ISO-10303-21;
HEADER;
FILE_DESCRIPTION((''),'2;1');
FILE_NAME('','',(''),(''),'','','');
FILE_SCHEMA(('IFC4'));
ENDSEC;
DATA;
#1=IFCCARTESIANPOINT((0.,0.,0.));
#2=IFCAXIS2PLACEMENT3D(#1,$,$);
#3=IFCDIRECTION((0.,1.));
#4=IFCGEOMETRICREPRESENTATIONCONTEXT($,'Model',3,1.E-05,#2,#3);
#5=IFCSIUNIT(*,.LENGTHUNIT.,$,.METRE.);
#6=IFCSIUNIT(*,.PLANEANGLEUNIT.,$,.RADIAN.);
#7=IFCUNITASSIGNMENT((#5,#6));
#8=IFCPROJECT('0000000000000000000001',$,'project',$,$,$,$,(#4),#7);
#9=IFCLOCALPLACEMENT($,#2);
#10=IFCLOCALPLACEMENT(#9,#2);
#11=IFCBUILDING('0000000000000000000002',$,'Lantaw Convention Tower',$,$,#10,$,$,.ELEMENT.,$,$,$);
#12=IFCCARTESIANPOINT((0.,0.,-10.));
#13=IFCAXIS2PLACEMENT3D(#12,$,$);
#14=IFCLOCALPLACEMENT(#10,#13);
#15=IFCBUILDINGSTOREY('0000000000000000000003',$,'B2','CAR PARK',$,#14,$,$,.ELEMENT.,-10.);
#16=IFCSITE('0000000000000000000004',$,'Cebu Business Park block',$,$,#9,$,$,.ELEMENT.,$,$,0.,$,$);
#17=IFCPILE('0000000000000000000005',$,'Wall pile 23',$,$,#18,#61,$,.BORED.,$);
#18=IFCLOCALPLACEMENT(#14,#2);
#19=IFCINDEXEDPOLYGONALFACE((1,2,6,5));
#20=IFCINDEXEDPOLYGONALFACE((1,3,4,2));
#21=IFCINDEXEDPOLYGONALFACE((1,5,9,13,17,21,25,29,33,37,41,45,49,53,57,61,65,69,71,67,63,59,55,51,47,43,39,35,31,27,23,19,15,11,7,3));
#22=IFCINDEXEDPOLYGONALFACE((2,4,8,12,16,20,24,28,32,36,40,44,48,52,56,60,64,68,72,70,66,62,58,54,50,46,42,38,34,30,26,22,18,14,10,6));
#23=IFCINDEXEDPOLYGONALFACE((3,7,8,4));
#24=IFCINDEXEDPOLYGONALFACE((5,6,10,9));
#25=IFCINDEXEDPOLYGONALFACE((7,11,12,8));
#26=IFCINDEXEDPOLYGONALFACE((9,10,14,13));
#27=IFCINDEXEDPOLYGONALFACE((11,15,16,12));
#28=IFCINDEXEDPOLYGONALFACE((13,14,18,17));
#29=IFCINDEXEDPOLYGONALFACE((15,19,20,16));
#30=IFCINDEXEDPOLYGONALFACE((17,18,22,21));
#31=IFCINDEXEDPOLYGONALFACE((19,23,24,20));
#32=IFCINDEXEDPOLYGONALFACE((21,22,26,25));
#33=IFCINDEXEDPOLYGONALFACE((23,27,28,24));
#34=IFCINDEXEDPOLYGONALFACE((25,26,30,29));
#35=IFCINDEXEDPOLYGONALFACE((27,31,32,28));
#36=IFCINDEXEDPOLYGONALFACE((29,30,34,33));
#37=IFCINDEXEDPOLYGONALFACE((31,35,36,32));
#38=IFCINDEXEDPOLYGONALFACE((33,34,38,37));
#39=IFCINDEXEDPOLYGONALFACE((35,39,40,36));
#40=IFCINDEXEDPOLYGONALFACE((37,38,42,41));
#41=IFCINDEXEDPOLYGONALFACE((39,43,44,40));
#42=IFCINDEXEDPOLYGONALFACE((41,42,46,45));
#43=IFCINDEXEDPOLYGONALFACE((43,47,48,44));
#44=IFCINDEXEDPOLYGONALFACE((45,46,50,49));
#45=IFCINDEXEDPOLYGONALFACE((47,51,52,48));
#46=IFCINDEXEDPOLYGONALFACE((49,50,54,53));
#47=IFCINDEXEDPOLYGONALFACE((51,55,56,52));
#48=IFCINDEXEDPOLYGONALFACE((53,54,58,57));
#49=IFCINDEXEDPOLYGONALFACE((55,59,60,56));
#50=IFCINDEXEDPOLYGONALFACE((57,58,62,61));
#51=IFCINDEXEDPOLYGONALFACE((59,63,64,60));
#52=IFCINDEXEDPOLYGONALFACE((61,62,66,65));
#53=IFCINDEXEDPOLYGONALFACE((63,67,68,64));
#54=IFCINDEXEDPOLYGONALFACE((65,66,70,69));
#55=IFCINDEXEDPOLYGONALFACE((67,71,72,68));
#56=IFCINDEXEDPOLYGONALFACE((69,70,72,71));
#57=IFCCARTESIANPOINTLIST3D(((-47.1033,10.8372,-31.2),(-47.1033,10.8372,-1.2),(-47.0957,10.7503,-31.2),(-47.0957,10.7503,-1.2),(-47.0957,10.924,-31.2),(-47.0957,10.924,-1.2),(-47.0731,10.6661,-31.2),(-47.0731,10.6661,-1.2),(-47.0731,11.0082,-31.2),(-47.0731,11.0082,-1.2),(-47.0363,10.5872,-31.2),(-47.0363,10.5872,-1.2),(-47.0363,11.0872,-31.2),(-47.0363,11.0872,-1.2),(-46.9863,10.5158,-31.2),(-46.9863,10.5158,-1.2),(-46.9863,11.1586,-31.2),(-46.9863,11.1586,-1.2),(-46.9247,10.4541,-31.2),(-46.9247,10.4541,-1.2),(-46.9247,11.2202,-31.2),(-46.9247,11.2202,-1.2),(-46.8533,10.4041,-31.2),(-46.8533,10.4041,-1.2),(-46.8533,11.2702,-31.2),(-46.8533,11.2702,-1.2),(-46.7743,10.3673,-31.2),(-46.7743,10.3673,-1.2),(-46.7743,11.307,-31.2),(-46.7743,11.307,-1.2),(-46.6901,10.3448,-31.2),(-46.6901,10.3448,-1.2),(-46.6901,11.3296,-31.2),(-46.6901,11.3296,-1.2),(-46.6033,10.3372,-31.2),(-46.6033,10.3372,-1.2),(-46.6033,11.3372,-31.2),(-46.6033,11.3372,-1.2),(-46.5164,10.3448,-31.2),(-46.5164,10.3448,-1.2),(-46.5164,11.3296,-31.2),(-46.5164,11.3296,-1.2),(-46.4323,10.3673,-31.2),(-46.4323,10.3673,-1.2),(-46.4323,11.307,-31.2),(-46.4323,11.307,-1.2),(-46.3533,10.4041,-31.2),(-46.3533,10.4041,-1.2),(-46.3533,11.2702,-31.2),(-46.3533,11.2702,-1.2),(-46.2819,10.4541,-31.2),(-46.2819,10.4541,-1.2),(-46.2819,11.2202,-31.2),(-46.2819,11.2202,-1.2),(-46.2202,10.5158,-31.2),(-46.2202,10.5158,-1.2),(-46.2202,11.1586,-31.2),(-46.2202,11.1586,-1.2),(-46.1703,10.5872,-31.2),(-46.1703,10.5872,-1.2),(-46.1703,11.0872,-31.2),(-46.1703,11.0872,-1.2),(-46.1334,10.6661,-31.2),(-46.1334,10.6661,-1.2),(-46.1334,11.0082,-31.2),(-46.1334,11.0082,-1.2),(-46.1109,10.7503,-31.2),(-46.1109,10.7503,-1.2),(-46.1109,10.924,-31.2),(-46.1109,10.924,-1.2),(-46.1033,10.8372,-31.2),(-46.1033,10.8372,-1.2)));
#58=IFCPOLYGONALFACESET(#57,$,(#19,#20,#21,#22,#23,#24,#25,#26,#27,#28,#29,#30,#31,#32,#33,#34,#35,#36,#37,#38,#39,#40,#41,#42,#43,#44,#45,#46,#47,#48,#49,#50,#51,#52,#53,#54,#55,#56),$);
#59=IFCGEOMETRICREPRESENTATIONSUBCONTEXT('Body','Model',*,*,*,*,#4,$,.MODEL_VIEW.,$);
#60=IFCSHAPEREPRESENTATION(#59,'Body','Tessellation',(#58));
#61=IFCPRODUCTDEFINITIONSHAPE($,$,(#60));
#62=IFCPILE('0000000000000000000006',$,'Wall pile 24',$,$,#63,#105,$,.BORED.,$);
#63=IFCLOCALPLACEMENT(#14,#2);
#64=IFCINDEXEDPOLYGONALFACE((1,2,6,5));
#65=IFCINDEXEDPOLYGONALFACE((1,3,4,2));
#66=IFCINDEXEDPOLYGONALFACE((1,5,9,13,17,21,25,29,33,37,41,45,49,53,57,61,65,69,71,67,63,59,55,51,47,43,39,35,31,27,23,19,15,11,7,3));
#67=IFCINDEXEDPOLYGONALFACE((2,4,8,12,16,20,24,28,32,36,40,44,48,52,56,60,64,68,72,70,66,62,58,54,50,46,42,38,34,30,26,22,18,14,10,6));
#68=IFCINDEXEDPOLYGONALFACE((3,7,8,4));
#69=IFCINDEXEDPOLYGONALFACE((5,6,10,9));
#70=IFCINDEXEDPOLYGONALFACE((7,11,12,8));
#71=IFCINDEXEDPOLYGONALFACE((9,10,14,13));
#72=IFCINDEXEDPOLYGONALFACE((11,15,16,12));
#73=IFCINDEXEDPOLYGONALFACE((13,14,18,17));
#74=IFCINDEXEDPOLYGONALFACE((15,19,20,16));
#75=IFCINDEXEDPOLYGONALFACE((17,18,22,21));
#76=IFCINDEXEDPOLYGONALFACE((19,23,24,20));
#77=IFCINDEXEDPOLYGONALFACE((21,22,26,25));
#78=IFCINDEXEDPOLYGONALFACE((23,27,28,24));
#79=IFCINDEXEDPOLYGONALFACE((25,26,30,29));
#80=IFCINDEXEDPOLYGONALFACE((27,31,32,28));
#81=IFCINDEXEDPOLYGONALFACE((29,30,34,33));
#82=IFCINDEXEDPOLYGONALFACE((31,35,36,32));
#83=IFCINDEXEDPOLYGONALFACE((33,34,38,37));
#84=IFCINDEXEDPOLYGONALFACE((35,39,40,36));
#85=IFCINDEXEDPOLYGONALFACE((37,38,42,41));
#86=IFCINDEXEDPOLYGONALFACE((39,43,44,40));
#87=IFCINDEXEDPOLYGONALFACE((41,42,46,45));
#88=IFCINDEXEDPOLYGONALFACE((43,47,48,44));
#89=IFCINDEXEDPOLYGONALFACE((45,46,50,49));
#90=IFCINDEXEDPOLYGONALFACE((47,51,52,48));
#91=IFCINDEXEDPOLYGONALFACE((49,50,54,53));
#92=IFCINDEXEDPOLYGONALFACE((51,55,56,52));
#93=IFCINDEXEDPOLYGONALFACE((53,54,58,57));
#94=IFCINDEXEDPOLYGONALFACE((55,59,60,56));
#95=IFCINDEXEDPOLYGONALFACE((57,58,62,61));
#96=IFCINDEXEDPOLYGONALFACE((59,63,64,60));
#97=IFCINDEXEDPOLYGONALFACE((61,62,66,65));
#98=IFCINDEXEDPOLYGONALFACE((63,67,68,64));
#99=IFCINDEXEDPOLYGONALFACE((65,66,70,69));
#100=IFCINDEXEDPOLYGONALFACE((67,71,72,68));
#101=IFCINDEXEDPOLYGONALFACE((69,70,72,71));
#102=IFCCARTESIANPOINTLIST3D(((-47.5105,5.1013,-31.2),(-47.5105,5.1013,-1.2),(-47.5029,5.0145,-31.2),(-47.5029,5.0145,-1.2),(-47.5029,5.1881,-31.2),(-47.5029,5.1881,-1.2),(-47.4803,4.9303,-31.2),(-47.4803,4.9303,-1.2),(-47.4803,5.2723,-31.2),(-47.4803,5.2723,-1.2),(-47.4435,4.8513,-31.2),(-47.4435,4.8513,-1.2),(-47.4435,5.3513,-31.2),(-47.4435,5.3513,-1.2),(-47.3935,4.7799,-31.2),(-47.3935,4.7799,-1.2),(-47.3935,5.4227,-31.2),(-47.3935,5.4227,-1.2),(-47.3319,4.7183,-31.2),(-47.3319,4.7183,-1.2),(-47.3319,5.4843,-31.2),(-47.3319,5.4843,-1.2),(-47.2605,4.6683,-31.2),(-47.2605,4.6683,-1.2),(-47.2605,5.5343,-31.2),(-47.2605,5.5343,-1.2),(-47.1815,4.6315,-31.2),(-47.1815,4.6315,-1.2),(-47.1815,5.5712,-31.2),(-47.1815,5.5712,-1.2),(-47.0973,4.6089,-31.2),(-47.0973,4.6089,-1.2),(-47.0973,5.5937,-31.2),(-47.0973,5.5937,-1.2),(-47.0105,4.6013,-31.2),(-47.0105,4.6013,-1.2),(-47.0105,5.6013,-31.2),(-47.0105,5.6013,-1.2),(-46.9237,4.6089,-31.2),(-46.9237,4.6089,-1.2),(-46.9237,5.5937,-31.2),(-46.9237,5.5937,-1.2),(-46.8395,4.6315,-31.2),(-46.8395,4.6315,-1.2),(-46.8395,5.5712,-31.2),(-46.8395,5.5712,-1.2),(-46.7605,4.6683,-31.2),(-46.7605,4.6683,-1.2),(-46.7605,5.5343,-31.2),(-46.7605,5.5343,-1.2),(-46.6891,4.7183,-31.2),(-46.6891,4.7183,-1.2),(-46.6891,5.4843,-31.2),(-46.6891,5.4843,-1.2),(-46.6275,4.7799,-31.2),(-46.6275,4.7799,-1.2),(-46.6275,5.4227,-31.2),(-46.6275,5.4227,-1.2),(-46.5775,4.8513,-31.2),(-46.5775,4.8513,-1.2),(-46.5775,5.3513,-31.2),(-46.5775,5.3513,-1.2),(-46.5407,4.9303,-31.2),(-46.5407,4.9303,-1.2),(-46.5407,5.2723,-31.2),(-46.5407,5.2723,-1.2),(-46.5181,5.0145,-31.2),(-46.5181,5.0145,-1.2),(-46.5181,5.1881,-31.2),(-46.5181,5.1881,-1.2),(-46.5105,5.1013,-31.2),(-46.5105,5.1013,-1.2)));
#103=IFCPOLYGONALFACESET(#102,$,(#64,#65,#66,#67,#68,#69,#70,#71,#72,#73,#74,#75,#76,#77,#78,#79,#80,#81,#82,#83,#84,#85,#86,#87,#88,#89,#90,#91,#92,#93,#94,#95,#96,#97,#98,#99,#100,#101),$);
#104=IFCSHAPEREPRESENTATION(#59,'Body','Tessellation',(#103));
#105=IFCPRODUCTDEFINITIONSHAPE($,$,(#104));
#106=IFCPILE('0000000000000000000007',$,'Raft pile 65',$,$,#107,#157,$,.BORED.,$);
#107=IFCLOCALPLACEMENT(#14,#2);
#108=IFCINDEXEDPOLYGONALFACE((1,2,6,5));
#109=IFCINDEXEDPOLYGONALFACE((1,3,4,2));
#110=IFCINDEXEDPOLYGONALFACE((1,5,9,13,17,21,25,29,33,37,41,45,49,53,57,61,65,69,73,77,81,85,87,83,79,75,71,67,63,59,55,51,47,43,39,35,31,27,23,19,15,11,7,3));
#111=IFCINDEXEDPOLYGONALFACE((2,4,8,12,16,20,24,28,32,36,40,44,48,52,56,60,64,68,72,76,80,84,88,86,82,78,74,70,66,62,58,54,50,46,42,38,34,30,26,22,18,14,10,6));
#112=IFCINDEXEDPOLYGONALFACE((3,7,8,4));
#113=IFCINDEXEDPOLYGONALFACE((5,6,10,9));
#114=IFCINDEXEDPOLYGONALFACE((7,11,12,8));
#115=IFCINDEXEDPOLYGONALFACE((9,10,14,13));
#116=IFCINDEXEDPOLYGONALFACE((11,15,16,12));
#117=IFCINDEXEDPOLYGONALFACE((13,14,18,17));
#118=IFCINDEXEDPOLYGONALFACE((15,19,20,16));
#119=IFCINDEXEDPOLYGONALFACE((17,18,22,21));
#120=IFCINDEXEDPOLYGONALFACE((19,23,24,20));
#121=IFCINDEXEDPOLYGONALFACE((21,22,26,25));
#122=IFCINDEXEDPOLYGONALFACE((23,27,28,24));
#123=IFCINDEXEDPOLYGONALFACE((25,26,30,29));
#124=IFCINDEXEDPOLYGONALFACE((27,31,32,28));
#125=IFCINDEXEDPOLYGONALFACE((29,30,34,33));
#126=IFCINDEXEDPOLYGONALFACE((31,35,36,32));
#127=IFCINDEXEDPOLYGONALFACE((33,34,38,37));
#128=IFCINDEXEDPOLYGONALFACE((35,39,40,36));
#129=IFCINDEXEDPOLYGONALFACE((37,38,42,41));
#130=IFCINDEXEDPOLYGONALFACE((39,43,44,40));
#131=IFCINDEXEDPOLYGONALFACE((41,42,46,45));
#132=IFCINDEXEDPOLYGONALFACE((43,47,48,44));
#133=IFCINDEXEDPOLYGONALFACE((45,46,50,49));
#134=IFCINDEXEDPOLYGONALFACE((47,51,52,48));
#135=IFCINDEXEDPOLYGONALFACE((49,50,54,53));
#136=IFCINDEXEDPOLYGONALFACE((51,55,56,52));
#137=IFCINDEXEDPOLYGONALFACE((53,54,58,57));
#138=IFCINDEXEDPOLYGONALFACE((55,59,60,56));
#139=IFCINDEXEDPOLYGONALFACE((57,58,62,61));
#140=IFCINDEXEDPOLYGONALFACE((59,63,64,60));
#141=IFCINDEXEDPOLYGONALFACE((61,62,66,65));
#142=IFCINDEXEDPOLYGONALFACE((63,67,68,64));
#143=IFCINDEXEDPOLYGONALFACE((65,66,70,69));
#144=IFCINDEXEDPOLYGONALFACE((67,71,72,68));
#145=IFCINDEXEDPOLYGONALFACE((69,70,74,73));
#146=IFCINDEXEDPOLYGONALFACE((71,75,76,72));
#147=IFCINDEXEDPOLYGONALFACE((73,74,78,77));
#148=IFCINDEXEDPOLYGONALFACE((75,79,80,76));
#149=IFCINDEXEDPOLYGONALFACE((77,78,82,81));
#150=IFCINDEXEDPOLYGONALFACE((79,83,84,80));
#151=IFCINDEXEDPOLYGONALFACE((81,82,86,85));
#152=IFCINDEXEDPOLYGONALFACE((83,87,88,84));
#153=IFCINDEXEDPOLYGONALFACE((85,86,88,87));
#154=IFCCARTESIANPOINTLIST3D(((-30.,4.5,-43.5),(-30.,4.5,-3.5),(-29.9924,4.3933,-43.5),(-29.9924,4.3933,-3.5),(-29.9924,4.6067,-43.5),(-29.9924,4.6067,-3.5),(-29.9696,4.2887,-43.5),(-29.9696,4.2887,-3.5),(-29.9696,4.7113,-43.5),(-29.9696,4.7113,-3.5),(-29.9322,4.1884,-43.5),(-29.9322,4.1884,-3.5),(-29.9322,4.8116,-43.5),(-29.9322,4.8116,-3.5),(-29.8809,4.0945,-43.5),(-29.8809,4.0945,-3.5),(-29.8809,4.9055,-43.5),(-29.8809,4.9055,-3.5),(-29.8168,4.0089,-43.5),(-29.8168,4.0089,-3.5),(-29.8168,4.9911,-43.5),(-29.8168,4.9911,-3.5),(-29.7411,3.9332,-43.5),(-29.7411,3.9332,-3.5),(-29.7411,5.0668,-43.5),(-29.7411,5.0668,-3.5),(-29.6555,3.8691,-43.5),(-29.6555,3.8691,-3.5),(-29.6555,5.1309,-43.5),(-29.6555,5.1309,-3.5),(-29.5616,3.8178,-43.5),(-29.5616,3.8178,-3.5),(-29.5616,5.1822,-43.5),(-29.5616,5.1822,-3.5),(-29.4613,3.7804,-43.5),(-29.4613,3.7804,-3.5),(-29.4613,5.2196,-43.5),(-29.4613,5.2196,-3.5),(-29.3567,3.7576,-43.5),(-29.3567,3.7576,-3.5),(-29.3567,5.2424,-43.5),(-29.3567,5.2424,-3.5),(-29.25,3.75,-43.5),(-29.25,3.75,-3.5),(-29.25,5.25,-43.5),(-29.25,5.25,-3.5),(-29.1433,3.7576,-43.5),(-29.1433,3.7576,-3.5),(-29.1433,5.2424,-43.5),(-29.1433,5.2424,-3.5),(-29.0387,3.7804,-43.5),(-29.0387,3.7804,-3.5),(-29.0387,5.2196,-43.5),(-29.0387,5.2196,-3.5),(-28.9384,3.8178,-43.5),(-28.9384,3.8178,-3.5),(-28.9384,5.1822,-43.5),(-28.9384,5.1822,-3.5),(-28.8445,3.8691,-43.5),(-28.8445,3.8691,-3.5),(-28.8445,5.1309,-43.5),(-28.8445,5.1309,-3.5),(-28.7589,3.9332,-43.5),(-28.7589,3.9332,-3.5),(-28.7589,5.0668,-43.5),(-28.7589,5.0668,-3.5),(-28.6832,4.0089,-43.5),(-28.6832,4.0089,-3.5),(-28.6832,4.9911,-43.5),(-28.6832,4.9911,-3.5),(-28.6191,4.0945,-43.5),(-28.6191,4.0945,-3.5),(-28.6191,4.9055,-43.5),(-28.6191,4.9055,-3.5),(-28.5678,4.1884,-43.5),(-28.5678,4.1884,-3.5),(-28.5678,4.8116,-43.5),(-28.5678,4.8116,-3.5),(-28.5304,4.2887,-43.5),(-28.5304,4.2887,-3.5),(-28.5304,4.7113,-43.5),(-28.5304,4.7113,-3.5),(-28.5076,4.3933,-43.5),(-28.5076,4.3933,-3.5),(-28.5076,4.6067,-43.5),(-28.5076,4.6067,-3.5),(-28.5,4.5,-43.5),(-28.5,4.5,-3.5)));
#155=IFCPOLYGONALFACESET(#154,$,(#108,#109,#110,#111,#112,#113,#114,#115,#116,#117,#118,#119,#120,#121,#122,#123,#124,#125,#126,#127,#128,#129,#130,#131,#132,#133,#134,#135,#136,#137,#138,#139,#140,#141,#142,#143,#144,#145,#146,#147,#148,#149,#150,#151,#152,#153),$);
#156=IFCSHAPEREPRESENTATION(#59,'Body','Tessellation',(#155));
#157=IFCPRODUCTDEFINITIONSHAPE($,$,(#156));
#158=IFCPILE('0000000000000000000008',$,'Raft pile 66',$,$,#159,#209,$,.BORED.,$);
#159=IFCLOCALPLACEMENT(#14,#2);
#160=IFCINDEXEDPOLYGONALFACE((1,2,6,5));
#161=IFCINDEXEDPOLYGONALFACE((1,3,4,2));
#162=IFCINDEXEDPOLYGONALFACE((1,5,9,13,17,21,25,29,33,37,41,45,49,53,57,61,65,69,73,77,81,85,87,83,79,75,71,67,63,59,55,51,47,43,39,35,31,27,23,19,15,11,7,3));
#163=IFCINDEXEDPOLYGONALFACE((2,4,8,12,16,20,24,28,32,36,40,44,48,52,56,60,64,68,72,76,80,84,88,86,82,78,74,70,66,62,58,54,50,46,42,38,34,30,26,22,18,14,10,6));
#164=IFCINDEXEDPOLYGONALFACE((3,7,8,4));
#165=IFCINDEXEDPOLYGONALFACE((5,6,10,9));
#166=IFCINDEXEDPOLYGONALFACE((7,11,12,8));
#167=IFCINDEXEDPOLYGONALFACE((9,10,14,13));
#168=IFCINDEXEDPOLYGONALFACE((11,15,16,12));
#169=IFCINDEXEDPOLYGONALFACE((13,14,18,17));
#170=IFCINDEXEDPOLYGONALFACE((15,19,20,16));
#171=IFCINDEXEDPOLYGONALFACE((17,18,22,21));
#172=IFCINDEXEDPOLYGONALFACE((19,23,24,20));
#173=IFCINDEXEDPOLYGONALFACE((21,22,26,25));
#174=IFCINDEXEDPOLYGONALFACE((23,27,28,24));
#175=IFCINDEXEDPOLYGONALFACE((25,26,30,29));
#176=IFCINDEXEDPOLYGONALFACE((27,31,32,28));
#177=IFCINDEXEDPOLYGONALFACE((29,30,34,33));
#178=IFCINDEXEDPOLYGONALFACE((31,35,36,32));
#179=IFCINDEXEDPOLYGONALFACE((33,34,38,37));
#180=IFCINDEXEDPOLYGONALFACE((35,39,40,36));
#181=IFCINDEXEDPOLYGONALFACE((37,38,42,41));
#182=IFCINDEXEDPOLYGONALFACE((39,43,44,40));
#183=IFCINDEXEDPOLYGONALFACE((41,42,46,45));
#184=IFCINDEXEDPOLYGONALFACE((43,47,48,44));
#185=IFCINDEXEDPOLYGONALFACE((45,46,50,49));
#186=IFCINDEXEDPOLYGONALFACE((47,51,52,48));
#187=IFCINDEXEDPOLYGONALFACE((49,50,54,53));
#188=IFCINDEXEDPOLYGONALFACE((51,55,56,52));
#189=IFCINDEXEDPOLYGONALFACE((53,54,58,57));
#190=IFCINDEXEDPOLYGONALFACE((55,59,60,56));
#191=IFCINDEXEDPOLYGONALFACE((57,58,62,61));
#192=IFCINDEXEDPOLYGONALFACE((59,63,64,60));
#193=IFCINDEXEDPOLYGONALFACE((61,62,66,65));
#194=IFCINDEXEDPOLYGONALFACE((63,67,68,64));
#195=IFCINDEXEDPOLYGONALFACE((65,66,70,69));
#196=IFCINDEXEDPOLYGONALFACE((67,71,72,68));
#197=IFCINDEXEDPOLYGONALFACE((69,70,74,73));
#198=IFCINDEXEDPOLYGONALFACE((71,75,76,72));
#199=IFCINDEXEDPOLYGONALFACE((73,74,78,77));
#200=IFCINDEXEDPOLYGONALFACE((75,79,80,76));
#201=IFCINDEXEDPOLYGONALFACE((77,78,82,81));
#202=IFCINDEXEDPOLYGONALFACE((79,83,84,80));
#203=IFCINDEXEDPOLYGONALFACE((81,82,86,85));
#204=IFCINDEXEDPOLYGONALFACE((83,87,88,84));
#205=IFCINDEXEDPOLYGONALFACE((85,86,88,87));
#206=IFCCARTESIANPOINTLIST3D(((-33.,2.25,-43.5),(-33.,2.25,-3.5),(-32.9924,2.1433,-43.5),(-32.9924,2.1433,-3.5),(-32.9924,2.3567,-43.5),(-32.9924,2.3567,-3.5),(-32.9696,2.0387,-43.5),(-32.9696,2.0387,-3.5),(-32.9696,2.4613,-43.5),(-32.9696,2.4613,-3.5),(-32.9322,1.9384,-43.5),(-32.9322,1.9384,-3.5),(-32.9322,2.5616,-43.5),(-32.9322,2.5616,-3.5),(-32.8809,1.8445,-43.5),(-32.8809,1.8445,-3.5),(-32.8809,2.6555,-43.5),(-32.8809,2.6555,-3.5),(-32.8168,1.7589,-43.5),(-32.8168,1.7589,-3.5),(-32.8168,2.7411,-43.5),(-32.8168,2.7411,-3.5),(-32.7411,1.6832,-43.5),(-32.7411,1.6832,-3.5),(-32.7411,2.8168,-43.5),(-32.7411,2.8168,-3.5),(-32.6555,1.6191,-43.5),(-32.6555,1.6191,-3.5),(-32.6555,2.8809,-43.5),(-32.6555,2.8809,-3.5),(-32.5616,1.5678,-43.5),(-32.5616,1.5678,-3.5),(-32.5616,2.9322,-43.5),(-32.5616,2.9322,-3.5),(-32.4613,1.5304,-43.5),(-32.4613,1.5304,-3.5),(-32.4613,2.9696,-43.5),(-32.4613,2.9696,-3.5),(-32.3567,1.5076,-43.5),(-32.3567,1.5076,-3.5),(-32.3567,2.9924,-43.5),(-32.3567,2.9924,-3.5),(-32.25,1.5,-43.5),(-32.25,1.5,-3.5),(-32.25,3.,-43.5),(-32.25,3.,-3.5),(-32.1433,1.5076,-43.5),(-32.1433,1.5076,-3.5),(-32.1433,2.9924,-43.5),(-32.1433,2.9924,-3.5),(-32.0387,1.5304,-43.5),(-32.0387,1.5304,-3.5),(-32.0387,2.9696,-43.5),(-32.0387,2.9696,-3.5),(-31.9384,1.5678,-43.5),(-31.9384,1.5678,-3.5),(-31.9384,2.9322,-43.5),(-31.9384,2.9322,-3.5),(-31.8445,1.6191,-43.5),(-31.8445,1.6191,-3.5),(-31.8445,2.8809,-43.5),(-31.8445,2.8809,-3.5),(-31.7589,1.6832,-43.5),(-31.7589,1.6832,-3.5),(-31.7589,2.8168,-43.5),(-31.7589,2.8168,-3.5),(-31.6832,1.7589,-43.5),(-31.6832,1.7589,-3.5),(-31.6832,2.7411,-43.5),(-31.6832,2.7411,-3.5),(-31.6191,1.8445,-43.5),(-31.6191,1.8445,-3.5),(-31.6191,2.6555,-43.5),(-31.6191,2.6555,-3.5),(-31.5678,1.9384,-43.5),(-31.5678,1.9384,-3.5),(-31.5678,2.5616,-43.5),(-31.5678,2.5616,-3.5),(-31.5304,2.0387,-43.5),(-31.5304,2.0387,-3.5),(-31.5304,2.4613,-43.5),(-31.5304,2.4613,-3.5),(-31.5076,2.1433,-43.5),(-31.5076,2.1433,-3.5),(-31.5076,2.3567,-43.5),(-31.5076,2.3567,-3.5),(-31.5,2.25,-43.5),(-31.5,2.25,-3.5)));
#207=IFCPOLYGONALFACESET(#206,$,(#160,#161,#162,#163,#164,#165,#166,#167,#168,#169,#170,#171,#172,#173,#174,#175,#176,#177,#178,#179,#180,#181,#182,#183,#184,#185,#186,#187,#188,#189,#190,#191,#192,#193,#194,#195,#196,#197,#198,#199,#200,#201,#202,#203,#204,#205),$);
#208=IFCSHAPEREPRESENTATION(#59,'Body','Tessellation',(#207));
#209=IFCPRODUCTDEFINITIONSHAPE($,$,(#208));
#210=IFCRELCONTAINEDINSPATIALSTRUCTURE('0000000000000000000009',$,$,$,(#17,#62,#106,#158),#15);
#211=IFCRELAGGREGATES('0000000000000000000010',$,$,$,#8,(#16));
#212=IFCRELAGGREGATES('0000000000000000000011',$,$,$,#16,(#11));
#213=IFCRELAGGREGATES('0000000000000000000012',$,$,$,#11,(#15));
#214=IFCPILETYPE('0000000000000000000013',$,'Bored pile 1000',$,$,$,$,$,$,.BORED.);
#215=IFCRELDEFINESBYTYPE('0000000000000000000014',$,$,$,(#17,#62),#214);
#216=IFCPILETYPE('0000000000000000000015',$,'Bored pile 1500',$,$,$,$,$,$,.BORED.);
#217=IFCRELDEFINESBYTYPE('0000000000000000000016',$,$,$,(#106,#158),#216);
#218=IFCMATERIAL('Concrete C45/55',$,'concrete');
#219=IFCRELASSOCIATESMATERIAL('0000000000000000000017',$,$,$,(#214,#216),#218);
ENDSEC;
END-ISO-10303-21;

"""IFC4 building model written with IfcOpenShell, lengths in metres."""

from ifc_helpers import new_model, si_unit, direction, frame, origin, origin_2d, place, context, subcontext, project, spatial, circle, extrude, material, material_profile, profile_set, type_object, element, save


model = new_model("IFC4")

# Units and contexts
model_context = context("Model", 3, precision=1e-05, world=origin(), true_north=direction((0.0, 1.0)))
body_context = subcontext(model_context, "Body", "Model", "MODEL_VIEW")
ifc_project = project(units=[si_unit("LENGTHUNIT", "METRE"), si_unit("PLANEANGLEUNIT", "RADIAN")], contexts=[model_context])

# Site, building, storey
site_placement = place(None, origin())
site = spatial("IfcSite", under=ifc_project, at=site_placement, Name="Cebu Business Park block", CompositionType="ELEMENT", RefElevation=0.0)
building_placement = place(site_placement, origin())
building = spatial("IfcBuilding", under=site, at=building_placement, Name="Lantaw Convention Tower", CompositionType="ELEMENT")
storey_placement = place(building_placement, frame((0.0, 0.0, -10.0)))
storey = spatial("IfcBuildingStorey", under=building, at=storey_placement, Name="B2", Description="CAR PARK", CompositionType="ELEMENT", Elevation=-10.0)

# Piles
ifc_material_1 = material(Name="Concrete C45/55", Category="concrete")
ifc_material_profile_1 = material_profile(ifc_material_1, circle(Radius=0.5, at=origin_2d()), Name="Bored pile 1000")
ifc_profile_set_1 = profile_set([ifc_material_profile_1], Name="Concrete C45/55")
pile_type_1 = type_object("IfcPileType", Name="Bored pile 1000", PredefinedType="BORED", material=ifc_profile_set_1)
for number, where, z_axis, x_axis, name in (
    (1, (-46.6033, 10.8372, -1.2), (0.0, 0.0, -1.0), (1.0, 0.0, 0.0), "Wall pile 23"),
    (2, (-47.0105, 5.1013, -1.2), (0.0, 0.0, -1.0), (1.0, 0.0, 0.0), "Wall pile 24"),
):
    element("IfcPile", number, at=place(storey_placement, frame(where, z_axis=z_axis, x_axis=x_axis)), inside=storey, type_object=pile_type_1, Name=name, PredefinedType="BORED", context=body_context, shape_type="SweptSolid", body=[
        extrude(circle(Radius=0.5, at=origin_2d()), origin(), (0.0, 0.0, 1.0), 30.0),
    ])
ifc_material_profile_2 = material_profile(ifc_material_1, circle(Radius=0.75, at=origin_2d()), Name="Bored pile 1500")
ifc_profile_set_2 = profile_set([ifc_material_profile_2], Name="Concrete C45/55")
pile_type_2 = type_object("IfcPileType", Name="Bored pile 1500", PredefinedType="BORED", material=ifc_profile_set_2)
for number, where, z_axis, x_axis, name in (
    (3, (-29.25, 4.5, -3.5), (0.0, 0.0, -1.0), (1.0, 0.0, 0.0), "Raft pile 65"),
    (4, (-32.25, 2.25, -3.5), (0.0, 0.0, -1.0), (1.0, 0.0, 0.0), "Raft pile 66"),
):
    element("IfcPile", number, at=place(storey_placement, frame(where, z_axis=z_axis, x_axis=x_axis)), inside=storey, type_object=pile_type_2, Name=name, PredefinedType="BORED", context=body_context, shape_type="SweptSolid", body=[
        extrude(circle(Radius=0.75, at=origin_2d()), origin(), (0.0, 0.0, 1.0), 40.0),
    ])

save(model, "model.ifc")
